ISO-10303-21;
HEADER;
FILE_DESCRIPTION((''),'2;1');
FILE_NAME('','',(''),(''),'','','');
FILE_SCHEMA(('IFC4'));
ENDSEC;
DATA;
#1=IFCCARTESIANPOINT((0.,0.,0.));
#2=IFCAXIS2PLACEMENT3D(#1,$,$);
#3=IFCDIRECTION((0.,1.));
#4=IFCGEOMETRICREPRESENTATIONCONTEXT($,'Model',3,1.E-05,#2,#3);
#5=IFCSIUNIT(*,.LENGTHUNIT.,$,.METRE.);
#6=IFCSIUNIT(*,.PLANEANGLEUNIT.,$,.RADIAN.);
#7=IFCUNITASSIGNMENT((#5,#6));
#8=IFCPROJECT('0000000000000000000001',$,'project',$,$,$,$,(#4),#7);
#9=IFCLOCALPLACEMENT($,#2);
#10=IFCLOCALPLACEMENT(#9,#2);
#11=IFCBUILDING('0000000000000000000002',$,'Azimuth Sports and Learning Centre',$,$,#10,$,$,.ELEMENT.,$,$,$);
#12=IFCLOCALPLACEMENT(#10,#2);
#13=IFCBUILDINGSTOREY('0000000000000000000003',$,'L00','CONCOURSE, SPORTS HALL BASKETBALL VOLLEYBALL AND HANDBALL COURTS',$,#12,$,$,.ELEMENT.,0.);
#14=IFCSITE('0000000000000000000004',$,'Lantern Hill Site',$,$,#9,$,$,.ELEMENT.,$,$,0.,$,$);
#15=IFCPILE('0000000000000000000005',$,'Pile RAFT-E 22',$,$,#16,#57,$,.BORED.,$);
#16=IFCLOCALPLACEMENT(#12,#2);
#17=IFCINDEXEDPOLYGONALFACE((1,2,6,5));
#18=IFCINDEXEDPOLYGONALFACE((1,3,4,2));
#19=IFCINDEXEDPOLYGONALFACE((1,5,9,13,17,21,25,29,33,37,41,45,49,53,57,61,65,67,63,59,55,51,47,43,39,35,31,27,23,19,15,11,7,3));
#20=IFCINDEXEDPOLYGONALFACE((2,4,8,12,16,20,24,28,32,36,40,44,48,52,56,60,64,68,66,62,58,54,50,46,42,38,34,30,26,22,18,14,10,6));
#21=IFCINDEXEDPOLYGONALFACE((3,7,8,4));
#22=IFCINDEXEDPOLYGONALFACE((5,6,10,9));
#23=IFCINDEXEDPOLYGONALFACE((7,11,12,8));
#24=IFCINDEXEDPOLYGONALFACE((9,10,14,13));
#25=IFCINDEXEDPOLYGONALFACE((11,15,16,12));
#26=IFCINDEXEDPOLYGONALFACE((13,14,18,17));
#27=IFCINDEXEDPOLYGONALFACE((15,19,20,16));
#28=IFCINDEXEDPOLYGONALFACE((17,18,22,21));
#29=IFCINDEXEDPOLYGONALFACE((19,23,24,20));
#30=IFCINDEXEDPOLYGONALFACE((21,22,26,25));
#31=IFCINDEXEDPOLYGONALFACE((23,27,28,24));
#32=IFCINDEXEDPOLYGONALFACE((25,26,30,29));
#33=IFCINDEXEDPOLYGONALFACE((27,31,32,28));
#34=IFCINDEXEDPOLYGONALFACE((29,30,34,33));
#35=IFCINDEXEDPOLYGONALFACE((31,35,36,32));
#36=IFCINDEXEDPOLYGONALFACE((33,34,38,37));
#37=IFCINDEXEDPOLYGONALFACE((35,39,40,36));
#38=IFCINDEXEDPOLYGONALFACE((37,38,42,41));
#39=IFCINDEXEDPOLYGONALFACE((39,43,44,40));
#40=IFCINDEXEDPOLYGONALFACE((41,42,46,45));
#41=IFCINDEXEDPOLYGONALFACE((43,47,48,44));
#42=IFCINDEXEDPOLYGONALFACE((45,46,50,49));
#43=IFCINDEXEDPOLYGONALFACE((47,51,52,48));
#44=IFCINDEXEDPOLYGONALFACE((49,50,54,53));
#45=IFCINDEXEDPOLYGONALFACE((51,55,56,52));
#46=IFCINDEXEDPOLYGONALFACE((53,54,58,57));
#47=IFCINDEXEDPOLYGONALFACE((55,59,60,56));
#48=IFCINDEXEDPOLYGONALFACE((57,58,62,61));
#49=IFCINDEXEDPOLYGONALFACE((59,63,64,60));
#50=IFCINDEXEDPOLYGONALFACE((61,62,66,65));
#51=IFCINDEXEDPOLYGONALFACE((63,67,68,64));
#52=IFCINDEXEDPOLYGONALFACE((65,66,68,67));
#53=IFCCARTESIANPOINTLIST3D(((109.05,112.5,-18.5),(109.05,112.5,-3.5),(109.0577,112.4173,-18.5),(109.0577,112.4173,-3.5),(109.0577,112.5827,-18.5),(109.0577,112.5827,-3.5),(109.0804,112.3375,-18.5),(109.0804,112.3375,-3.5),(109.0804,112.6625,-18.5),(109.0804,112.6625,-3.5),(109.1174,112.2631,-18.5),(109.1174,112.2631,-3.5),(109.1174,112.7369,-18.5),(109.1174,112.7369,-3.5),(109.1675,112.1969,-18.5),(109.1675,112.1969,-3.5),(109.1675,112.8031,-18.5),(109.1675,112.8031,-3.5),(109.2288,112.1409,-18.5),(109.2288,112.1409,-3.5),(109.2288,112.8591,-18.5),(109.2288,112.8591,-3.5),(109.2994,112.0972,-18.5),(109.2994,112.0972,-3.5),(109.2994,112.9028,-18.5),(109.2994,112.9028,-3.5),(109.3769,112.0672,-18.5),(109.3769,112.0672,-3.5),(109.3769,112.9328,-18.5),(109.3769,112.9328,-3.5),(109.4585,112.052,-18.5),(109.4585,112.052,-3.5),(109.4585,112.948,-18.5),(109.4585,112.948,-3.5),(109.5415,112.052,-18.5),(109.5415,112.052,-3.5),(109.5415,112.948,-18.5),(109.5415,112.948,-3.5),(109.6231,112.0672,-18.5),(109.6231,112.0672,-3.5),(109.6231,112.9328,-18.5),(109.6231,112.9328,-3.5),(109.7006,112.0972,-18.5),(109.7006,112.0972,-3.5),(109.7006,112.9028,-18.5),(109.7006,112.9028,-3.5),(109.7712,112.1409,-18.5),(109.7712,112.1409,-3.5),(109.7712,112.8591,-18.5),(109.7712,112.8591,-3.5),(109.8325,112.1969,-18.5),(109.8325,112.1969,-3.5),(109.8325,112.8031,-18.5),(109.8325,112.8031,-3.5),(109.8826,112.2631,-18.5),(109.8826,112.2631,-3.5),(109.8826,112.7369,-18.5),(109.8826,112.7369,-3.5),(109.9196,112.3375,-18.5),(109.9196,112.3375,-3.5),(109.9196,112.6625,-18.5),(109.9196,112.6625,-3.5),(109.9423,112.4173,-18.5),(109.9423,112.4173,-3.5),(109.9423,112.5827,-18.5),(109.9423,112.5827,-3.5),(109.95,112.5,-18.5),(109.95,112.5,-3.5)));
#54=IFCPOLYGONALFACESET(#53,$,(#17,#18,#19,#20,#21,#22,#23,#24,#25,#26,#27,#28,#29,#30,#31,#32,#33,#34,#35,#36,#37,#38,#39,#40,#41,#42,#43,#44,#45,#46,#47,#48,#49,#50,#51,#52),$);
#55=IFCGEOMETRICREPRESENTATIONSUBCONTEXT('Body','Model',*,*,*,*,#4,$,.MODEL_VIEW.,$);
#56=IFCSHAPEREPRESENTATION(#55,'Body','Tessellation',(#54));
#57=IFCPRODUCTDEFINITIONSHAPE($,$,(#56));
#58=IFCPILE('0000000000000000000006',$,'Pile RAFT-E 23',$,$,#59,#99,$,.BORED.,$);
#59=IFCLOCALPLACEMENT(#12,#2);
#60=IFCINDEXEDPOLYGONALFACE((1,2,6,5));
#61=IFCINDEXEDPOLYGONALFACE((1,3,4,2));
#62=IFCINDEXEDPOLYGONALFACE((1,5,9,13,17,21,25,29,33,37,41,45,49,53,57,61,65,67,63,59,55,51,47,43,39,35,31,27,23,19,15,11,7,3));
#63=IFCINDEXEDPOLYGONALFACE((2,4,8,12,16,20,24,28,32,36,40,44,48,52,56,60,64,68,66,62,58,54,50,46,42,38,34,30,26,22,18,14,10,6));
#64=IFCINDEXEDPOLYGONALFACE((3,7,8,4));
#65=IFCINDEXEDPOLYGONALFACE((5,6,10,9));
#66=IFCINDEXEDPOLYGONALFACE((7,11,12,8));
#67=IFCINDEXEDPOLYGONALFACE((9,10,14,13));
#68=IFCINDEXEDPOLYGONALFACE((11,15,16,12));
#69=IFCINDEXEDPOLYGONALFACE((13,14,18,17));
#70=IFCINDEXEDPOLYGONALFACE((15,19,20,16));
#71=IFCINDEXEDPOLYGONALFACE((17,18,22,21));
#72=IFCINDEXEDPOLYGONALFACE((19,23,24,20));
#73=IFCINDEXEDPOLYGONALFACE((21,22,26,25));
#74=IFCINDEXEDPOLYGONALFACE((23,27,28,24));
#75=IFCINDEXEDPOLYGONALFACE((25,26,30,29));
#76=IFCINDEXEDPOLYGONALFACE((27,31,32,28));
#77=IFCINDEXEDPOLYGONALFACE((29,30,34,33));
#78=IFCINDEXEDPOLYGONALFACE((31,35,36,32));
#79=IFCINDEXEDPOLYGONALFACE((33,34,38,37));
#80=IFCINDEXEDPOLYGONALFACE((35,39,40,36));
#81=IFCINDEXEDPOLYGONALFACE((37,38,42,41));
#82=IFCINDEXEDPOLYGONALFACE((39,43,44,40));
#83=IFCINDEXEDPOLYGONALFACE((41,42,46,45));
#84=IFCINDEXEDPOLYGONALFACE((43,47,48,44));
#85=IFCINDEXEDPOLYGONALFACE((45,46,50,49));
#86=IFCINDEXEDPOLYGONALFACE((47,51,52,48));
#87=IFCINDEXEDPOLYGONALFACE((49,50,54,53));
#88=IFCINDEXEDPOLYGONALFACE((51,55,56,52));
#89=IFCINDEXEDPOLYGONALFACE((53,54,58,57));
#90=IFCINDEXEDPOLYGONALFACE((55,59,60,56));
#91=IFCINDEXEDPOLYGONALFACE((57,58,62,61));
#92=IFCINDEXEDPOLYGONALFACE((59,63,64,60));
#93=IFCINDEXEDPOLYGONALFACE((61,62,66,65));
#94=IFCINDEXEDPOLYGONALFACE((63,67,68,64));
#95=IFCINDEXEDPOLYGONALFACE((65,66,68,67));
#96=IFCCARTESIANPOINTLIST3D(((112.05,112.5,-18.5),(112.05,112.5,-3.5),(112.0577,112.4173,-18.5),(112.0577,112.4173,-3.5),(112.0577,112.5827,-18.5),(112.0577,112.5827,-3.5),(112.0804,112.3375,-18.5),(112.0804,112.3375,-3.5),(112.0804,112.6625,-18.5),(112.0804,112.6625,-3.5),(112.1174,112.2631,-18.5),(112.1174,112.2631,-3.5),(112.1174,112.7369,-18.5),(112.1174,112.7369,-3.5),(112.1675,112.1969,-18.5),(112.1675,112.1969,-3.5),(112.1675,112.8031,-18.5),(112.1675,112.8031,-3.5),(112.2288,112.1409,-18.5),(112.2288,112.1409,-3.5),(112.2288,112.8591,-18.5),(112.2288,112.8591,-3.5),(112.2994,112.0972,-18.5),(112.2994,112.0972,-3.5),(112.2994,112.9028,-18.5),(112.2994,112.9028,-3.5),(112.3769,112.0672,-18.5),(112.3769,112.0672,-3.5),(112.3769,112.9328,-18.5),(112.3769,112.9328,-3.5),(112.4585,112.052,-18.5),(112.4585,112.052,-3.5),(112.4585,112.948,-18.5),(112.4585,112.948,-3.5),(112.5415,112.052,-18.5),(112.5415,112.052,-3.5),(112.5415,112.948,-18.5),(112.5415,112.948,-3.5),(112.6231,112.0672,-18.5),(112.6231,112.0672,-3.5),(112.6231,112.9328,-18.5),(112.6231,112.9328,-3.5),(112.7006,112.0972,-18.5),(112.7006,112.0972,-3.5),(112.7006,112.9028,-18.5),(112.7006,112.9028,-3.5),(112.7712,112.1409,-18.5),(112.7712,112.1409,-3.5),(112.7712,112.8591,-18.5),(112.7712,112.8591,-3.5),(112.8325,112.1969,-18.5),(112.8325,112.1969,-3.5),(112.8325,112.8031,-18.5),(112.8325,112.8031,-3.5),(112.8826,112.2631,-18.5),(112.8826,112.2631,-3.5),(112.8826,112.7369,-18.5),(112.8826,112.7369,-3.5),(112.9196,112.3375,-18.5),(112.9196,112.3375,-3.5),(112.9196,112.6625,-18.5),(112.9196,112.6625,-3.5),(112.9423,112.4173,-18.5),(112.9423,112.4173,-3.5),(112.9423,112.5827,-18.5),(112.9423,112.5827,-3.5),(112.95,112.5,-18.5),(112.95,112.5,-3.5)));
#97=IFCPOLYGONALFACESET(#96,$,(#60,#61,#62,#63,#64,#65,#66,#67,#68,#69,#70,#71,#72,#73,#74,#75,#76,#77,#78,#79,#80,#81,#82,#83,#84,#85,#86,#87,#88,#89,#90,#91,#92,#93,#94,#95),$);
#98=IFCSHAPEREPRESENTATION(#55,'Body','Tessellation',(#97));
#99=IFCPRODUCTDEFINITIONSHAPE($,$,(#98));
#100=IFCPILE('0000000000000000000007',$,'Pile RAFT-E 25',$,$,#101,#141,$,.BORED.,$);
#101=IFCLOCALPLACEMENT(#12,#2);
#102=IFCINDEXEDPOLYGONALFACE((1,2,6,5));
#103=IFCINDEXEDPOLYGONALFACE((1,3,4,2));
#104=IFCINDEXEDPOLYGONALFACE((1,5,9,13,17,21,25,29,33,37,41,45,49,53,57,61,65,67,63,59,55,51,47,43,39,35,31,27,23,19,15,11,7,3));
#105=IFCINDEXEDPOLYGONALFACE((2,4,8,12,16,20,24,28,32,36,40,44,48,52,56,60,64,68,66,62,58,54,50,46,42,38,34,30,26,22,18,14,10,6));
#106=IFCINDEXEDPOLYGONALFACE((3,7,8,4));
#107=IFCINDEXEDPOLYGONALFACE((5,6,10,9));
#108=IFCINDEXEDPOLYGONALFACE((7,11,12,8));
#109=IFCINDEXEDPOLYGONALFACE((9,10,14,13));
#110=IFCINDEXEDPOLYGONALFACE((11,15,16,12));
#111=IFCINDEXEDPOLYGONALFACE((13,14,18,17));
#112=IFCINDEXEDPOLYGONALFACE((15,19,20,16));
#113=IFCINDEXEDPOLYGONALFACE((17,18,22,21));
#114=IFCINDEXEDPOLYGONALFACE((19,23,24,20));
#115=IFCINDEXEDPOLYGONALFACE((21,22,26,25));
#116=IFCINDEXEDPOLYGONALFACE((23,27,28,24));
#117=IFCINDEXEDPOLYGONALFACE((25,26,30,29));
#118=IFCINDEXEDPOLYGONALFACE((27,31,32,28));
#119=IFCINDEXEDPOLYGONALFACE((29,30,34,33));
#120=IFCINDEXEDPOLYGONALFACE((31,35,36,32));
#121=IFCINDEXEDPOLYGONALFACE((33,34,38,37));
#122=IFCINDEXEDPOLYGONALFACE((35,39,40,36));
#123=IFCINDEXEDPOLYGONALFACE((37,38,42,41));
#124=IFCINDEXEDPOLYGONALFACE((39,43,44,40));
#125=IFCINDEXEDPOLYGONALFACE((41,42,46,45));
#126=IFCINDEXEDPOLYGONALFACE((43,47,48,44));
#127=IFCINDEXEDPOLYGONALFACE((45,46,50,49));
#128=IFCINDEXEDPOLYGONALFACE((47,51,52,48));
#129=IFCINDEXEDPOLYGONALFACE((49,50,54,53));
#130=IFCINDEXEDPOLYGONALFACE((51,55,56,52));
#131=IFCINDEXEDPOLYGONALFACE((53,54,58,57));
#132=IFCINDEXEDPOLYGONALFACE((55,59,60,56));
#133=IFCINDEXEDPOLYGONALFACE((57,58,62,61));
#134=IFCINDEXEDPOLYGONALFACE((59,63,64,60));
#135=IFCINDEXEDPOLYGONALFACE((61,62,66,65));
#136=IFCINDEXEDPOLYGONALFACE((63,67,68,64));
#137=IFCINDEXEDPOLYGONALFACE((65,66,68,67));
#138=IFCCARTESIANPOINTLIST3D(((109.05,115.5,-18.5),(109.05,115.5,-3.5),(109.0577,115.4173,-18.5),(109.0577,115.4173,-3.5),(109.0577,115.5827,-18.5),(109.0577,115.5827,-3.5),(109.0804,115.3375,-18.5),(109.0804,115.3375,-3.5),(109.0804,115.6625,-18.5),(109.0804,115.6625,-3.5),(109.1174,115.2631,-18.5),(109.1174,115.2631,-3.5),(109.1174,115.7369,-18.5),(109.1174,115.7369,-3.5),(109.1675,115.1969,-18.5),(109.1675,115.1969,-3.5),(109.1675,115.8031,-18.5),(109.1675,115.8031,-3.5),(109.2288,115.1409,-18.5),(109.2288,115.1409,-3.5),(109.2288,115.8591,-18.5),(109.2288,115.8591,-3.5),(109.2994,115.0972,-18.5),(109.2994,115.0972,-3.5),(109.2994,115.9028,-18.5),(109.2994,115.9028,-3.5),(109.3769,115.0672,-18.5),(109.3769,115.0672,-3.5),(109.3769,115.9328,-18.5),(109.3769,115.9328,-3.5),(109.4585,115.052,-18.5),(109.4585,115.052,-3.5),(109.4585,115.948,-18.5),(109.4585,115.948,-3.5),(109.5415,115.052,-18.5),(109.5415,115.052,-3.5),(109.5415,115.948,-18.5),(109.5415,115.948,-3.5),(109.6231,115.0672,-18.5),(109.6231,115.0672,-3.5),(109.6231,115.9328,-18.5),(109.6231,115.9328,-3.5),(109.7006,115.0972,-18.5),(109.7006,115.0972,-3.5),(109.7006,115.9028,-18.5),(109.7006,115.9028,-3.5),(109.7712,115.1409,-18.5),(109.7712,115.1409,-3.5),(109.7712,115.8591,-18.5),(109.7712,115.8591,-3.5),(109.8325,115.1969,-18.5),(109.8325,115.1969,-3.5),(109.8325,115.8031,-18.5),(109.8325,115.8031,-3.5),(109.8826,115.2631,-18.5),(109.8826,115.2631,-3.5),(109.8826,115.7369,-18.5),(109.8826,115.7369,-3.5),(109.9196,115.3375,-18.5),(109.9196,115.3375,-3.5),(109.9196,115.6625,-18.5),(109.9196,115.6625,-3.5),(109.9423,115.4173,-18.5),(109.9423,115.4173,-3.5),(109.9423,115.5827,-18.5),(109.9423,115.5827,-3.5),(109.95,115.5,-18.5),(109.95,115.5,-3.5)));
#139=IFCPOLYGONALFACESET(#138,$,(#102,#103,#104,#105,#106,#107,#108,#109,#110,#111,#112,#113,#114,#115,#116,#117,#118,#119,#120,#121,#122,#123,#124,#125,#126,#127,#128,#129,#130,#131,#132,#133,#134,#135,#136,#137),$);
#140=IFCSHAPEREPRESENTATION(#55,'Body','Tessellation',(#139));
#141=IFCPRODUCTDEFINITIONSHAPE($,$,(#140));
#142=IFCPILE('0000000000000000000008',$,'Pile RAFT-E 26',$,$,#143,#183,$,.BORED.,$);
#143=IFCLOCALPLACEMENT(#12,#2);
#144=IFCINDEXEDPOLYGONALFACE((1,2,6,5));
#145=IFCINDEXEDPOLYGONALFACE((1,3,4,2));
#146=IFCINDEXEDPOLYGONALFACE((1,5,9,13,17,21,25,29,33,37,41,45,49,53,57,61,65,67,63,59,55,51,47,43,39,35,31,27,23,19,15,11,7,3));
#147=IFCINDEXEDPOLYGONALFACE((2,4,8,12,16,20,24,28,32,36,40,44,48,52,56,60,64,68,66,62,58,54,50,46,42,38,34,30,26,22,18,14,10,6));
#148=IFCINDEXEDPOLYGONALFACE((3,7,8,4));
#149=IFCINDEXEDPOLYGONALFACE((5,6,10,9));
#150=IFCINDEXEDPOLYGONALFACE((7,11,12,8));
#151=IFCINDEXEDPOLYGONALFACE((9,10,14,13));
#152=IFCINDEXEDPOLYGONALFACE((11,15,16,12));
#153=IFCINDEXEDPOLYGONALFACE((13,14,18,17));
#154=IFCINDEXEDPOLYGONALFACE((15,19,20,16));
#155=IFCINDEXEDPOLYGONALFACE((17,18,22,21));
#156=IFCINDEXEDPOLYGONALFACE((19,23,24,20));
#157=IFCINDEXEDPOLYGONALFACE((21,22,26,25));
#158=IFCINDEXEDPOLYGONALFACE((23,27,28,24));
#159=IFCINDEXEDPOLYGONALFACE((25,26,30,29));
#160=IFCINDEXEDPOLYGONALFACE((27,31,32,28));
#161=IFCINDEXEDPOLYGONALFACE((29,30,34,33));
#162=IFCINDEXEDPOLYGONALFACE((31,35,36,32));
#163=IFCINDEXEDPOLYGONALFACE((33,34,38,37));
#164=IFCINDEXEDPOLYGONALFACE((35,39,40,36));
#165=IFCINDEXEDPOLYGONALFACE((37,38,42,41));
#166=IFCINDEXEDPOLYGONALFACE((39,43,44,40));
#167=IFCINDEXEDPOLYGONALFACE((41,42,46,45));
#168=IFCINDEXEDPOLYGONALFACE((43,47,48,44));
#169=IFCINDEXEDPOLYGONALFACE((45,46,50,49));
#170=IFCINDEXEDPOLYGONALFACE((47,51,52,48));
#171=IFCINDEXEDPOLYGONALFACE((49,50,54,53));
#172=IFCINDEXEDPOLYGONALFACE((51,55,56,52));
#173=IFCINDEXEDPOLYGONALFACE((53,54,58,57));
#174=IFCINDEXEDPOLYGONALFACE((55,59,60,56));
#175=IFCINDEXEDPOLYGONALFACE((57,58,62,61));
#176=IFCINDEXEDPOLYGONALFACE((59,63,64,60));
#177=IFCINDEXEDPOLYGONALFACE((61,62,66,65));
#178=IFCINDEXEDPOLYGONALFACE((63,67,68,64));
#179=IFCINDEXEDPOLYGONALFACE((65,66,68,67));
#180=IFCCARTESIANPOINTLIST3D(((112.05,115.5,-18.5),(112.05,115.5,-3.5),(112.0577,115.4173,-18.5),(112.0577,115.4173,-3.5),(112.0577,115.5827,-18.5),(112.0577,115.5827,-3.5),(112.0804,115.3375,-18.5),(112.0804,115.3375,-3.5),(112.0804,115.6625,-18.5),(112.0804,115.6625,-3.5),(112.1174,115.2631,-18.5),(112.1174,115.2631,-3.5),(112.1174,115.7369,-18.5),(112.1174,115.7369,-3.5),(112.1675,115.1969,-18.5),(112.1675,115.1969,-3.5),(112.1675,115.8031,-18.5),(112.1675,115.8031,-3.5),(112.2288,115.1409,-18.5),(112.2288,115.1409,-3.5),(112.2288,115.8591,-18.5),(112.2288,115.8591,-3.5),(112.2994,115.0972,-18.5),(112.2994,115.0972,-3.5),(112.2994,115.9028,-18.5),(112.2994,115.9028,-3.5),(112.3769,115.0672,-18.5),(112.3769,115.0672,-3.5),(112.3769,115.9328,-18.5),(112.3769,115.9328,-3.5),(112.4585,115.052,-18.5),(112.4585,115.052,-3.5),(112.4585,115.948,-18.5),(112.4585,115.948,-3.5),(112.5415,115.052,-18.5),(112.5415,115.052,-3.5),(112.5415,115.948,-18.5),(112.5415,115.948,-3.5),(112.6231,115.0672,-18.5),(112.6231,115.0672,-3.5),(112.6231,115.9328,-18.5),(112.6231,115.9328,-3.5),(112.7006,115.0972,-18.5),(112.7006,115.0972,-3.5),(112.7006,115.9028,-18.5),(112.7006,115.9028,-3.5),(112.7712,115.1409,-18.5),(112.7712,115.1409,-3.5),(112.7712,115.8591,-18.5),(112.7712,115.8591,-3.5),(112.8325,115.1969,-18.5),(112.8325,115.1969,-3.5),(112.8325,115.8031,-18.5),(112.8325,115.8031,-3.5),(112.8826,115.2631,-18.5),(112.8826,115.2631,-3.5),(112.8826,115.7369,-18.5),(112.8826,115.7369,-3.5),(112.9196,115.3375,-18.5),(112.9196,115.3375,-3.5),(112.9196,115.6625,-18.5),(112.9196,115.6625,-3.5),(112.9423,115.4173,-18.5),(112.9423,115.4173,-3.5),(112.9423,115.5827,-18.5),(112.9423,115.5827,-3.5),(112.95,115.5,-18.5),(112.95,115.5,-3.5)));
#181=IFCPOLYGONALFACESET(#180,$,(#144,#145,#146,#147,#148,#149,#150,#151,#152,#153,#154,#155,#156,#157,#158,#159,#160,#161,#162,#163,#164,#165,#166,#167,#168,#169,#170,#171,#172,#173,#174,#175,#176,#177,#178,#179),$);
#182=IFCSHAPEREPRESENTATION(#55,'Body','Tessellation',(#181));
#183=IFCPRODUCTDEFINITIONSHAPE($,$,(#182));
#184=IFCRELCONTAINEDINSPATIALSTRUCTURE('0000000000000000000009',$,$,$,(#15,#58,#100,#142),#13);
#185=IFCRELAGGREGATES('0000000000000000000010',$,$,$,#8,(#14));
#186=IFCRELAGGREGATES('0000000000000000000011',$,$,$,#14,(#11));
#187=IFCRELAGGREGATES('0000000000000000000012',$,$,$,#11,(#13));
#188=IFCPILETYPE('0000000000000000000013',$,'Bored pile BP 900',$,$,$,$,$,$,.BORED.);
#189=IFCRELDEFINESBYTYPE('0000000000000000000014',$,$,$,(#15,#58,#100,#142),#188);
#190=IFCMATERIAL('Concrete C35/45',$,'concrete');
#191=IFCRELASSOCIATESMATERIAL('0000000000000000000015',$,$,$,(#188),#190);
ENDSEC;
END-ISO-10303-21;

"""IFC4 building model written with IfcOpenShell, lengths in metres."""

from ifc_helpers import new_model, si_unit, direction, frame, origin, origin_2d, place, context, subcontext, project, spatial, circle, extrude, material, material_profile, profile_set, type_object, element, save


model = new_model("IFC4")

# Units and contexts
model_context = context("Model", 3, precision=1e-05, world=origin(), true_north=direction((0.0, 1.0)))
body_context = subcontext(model_context, "Body", "Model", "MODEL_VIEW")
ifc_project = project(units=[si_unit("LENGTHUNIT", "METRE"), si_unit("PLANEANGLEUNIT", "RADIAN")], contexts=[model_context])

# Site, building, storey
site_placement = place(None, origin())
site = spatial("IfcSite", under=ifc_project, at=site_placement, Name="Lantern Hill Site", CompositionType="ELEMENT", RefElevation=0.0)
building_placement = place(site_placement, origin())
building = spatial("IfcBuilding", under=site, at=building_placement, Name="Azimuth Sports and Learning Centre", CompositionType="ELEMENT")
storey_placement = place(building_placement, origin())
storey = spatial("IfcBuildingStorey", under=building, at=storey_placement, Name="L00", Description="CONCOURSE, SPORTS HALL BASKETBALL VOLLEYBALL AND HANDBALL COURTS", CompositionType="ELEMENT", Elevation=0.0)

# Piles
ifc_material_1 = material(Name="Concrete C35/45", Category="concrete")
ifc_material_profile_1 = material_profile(ifc_material_1, circle(Radius=0.45, at=origin_2d()), Name="BP 900")
ifc_profile_set_1 = profile_set([ifc_material_profile_1], Name="Concrete C35/45")
pile_type = type_object("IfcPileType", Name="Bored pile BP 900", PredefinedType="BORED", material=ifc_profile_set_1)
for number, where, z_axis, x_axis, name in (
    (1, (109.5, 112.5, -3.5), (0.0, 0.0, -1.0), (1.0, 0.0, 0.0), "Pile RAFT-E 22"),
    (2, (112.5, 112.5, -3.5), (0.0, 0.0, -1.0), (1.0, 0.0, 0.0), "Pile RAFT-E 23"),
    (3, (109.5, 115.5, -3.5), (0.0, 0.0, -1.0), (1.0, 0.0, 0.0), "Pile RAFT-E 25"),
    (4, (112.5, 115.5, -3.5), (0.0, 0.0, -1.0), (1.0, 0.0, 0.0), "Pile RAFT-E 26"),
):
    element("IfcPile", number, at=place(storey_placement, frame(where, z_axis=z_axis, x_axis=x_axis)), inside=storey, type_object=pile_type, Name=name, PredefinedType="BORED", context=body_context, shape_type="SweptSolid", body=[
        extrude(circle(Radius=0.45, at=origin_2d()), origin(), (0.0, 0.0, 1.0), 15.0),
    ])

save(model, "model.ifc")
